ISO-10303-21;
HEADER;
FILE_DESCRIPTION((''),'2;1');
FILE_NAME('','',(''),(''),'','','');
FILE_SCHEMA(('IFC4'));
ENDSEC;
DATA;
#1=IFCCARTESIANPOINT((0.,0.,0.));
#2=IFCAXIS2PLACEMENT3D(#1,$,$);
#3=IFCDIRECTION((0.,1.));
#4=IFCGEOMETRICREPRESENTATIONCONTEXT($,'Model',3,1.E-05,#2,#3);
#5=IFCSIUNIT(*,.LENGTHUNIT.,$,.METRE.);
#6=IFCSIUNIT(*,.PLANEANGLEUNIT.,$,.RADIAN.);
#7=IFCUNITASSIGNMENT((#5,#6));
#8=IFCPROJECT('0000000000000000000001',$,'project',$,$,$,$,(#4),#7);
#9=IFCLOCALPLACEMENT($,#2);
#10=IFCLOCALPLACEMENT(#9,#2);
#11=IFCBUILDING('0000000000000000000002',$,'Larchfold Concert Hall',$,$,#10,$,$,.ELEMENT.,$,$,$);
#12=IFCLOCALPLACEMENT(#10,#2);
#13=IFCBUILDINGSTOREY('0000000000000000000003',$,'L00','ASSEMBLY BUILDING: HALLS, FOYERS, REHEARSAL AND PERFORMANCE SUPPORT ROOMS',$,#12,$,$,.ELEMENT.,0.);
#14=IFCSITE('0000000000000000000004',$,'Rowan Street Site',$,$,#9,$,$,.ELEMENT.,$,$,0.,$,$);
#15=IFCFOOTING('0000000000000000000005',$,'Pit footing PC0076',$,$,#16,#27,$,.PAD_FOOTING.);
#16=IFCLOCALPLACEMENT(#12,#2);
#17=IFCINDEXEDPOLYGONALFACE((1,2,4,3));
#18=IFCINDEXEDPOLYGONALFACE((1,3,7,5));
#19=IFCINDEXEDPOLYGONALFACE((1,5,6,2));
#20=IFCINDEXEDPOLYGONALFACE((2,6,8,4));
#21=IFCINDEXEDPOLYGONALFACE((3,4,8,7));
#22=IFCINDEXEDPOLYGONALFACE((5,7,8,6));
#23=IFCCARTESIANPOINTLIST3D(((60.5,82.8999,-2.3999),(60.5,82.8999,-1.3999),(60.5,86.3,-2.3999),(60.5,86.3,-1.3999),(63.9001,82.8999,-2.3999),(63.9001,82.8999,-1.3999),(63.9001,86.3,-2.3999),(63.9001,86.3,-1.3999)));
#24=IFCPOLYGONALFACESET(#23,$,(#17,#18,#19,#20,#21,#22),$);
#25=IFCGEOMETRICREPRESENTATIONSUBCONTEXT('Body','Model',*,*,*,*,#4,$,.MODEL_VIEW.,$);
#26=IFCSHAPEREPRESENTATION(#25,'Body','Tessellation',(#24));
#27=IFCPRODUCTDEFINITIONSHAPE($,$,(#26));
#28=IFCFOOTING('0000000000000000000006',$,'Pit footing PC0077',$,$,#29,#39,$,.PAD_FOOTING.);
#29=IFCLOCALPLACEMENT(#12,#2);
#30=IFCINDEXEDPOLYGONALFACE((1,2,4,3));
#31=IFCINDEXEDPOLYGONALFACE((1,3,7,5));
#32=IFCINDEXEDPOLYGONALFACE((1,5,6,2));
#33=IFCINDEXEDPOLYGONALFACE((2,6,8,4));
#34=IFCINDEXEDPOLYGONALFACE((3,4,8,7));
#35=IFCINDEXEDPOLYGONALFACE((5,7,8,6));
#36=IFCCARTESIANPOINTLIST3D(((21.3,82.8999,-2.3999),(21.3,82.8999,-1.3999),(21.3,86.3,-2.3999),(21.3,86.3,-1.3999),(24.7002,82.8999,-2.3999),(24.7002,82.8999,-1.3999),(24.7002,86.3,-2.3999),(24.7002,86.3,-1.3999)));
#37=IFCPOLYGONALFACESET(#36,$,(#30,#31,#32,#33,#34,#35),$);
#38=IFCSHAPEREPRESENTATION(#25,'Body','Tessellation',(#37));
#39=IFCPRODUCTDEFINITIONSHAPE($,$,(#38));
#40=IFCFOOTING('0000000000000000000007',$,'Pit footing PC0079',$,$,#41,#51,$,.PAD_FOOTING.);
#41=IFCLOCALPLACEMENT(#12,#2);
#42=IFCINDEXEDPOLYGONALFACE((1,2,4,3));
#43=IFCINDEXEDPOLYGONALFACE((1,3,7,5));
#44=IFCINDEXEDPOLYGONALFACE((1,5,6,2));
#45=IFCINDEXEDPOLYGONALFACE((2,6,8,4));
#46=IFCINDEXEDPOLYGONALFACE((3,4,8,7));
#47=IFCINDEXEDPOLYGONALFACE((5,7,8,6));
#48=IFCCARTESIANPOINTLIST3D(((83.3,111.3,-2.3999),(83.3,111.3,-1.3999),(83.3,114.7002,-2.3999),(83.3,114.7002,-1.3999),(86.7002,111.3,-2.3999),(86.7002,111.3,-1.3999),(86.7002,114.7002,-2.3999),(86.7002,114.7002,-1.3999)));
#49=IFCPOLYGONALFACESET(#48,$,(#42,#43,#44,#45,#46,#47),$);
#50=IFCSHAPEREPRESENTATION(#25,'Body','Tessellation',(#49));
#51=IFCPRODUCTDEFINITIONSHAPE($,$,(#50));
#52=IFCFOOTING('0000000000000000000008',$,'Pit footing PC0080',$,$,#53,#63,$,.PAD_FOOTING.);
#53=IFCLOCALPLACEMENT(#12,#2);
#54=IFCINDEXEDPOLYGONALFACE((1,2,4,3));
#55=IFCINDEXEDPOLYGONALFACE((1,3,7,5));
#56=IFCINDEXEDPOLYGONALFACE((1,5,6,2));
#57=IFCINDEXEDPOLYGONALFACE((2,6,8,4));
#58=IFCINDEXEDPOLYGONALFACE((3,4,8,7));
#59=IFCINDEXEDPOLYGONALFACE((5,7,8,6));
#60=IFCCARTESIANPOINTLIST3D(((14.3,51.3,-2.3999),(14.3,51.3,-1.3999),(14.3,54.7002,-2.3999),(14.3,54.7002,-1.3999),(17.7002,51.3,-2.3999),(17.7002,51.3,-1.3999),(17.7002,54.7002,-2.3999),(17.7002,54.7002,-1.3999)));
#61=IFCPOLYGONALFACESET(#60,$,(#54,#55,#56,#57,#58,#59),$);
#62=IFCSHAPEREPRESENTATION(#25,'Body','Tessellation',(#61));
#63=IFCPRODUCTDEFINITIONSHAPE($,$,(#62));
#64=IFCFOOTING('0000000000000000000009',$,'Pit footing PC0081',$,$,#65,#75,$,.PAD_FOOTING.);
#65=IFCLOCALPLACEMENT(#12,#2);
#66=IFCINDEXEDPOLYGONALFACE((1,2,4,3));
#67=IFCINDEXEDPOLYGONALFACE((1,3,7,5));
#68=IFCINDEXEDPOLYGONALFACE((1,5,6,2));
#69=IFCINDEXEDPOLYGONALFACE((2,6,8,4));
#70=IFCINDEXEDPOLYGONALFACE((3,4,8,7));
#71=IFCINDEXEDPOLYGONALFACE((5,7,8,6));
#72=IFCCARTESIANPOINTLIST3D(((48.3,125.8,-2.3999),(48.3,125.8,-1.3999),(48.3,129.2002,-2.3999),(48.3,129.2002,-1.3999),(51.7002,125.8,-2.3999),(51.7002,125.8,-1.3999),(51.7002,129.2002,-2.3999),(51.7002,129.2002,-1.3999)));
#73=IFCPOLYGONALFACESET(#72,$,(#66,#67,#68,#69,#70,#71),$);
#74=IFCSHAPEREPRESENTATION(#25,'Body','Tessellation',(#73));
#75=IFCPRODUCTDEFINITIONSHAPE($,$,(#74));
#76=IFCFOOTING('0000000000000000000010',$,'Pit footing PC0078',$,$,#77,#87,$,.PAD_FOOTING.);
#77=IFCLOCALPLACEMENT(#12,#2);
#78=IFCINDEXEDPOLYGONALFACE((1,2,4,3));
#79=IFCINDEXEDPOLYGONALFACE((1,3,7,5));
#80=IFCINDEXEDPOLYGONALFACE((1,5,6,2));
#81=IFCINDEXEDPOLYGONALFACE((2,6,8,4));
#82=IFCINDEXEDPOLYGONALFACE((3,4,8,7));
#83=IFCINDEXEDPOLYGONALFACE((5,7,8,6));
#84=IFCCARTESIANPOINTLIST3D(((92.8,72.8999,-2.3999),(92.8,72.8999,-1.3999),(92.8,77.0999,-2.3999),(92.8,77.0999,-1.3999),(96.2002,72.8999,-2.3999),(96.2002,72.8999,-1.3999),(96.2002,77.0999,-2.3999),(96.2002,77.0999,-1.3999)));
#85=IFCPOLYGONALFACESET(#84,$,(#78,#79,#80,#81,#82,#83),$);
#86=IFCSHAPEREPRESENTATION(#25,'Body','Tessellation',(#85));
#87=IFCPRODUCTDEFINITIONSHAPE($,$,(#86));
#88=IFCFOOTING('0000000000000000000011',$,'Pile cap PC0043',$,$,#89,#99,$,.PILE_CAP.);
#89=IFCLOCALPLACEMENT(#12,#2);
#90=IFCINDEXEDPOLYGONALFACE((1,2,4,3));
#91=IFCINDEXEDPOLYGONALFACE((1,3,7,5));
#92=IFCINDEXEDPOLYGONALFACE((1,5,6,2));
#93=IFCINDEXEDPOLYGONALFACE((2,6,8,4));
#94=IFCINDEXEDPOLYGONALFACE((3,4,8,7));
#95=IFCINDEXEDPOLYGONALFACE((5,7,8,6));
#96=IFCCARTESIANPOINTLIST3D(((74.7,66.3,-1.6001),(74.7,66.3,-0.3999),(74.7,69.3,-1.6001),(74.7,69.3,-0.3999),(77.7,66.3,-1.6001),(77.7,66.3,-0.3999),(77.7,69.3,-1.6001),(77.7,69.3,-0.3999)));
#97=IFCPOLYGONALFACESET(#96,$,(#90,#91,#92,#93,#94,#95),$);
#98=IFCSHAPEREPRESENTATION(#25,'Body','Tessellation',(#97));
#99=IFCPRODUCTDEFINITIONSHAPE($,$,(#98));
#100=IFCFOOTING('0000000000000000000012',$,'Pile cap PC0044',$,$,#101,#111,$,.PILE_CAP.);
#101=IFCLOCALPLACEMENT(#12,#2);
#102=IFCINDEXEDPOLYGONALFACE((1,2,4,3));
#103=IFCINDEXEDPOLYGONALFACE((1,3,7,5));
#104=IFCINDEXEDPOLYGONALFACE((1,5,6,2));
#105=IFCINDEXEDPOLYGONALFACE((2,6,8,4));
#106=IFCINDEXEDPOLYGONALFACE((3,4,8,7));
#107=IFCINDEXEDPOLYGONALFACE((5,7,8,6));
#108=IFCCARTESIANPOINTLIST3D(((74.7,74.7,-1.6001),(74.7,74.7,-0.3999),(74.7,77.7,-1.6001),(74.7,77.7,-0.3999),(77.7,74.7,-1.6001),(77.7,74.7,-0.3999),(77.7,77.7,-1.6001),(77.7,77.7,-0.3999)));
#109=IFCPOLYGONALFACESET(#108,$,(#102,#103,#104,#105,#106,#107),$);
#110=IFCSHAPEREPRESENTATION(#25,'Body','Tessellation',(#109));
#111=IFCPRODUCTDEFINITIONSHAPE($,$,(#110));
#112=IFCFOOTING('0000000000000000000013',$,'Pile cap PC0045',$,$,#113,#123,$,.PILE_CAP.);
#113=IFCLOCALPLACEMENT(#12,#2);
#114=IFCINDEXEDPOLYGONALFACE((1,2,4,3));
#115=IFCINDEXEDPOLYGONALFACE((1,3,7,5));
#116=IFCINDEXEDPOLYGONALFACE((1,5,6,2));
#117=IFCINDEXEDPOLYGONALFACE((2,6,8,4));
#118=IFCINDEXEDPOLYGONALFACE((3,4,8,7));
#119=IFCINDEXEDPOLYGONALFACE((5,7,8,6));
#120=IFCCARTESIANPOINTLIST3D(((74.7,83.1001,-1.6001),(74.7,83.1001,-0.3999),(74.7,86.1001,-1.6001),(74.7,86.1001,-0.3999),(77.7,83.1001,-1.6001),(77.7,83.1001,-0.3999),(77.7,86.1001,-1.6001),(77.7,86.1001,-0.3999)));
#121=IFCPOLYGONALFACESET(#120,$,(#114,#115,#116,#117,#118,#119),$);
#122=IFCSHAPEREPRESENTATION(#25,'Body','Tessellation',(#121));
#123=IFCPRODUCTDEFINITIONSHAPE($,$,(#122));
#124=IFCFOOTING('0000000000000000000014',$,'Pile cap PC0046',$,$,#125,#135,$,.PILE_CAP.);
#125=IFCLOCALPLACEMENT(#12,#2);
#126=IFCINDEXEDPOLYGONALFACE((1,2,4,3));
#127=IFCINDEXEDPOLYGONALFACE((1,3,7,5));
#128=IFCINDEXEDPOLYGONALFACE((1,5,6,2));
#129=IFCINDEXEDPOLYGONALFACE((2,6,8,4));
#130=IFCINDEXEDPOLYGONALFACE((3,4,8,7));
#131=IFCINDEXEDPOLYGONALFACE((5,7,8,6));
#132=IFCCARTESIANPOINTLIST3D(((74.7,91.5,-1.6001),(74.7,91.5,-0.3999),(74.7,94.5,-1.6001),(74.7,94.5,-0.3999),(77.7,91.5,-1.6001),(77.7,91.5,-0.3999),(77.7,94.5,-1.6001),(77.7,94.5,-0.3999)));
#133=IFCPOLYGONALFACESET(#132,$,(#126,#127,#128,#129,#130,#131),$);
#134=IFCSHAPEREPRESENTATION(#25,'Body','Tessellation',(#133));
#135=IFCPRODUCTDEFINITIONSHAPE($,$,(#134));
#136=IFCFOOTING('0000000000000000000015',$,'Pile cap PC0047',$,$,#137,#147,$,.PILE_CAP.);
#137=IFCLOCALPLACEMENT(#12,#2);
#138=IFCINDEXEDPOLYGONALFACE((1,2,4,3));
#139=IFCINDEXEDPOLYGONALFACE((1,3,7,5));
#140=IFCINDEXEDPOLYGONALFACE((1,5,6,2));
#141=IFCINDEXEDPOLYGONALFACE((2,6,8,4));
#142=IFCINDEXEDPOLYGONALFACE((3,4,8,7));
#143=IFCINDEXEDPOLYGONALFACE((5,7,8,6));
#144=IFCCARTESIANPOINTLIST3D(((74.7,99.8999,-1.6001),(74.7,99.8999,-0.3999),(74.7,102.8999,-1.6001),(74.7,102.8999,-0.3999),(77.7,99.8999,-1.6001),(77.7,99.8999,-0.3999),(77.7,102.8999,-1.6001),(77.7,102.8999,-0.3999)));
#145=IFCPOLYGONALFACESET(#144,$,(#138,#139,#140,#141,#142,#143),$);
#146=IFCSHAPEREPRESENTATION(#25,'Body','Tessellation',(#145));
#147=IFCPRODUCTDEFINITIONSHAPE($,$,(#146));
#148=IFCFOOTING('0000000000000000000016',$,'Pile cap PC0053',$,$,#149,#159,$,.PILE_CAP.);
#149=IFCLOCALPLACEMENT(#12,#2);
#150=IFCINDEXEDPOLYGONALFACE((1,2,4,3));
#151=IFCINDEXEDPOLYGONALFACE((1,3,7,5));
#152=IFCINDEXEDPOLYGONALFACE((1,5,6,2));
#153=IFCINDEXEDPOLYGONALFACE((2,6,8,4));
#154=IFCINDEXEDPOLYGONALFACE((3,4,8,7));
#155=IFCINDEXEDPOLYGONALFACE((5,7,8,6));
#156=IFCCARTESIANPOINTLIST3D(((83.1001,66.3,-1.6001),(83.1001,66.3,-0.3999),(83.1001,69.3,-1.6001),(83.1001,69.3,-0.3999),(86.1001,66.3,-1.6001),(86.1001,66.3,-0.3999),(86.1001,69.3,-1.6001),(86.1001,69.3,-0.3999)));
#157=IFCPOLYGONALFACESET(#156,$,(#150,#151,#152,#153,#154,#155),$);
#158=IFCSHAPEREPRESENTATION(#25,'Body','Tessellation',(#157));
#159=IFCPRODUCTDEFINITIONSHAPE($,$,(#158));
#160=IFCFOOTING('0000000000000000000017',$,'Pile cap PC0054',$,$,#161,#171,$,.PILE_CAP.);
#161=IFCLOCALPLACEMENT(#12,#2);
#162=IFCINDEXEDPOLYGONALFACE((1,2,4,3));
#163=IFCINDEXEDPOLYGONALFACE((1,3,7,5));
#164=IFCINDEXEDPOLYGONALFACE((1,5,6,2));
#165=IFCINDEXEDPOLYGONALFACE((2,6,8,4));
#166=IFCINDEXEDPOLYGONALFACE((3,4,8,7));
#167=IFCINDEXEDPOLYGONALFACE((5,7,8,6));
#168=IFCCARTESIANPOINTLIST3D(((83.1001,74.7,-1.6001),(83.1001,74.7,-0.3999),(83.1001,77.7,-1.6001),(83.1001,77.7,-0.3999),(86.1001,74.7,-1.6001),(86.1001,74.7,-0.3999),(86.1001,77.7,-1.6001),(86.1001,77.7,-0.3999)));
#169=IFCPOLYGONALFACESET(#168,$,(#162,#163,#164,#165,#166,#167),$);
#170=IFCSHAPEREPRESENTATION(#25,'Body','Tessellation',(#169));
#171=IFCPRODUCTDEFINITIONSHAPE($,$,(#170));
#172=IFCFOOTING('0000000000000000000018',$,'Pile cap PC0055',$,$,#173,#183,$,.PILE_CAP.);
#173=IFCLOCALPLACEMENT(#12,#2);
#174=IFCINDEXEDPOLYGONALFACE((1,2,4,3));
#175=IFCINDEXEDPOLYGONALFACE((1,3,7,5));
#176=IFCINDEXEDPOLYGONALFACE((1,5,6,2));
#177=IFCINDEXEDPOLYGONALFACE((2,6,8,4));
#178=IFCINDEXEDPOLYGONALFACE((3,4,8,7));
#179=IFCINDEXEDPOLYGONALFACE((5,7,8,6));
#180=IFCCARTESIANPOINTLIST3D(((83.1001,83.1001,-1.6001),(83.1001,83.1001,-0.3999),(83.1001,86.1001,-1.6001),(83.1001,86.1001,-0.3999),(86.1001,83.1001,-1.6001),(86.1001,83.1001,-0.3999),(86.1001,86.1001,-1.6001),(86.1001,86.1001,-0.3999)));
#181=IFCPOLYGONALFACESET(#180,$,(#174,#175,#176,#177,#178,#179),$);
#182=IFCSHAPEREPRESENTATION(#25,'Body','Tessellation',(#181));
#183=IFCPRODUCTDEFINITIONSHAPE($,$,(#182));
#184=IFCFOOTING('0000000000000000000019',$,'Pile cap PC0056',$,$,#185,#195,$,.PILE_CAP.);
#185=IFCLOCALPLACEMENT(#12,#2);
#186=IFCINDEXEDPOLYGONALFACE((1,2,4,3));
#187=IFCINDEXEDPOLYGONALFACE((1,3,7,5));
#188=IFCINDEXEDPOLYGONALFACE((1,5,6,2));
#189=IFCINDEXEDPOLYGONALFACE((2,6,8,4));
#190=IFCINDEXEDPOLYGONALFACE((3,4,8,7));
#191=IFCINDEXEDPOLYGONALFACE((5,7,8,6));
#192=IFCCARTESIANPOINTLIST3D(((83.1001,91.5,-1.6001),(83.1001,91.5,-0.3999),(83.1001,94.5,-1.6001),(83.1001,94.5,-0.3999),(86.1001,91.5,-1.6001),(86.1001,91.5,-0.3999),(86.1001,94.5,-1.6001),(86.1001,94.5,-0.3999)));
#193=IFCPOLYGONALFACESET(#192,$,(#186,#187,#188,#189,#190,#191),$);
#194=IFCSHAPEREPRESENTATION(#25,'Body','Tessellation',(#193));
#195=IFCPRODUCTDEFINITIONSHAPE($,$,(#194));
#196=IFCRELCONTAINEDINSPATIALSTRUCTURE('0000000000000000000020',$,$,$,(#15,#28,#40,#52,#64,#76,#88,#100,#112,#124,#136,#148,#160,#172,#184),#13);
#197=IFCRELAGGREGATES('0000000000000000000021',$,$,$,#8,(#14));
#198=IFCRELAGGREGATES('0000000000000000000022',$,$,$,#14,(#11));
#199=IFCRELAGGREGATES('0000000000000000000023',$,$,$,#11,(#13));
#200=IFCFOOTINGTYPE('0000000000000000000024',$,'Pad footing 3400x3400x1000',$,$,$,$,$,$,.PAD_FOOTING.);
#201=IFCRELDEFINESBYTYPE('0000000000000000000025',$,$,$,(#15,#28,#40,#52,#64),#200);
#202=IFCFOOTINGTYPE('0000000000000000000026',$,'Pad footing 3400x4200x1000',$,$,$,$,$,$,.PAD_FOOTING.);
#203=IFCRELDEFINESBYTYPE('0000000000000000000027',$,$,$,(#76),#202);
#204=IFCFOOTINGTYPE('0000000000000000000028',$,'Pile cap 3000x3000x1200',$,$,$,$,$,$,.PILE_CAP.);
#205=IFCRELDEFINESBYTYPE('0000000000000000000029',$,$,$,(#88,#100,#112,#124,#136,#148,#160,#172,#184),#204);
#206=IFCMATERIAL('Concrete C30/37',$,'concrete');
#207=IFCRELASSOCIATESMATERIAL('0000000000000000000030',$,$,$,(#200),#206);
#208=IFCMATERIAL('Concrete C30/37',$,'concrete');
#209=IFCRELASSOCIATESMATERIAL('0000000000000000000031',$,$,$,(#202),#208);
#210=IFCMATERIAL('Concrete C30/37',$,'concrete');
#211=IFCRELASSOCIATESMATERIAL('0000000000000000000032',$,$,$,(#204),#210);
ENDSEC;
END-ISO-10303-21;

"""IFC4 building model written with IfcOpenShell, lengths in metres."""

from ifc_helpers import new_model, si_unit, direction, frame, origin, place, context, subcontext, project, spatial, polyline, outline, extrude, material, type_object, element, save


model = new_model("IFC4")

# Units and contexts
model_context = context("Model", 3, precision=1e-05, world=origin(), true_north=direction((0.0, 1.0)))
body_context = subcontext(model_context, "Body", "Model", "MODEL_VIEW")
ifc_project = project(units=[si_unit("LENGTHUNIT", "METRE"), si_unit("PLANEANGLEUNIT", "RADIAN")], contexts=[model_context])

# Site, building, storey
site_placement = place(None, origin())
site = spatial("IfcSite", under=ifc_project, at=site_placement, Name="Rowan Street Site", CompositionType="ELEMENT", RefElevation=0.0)
building_placement = place(site_placement, origin())
building = spatial("IfcBuilding", under=site, at=building_placement, Name="Larchfold Concert Hall", CompositionType="ELEMENT")
storey_placement = place(building_placement, origin())
storey = spatial("IfcBuildingStorey", under=building, at=storey_placement, Name="L00", Description="ASSEMBLY BUILDING: HALLS, FOYERS, REHEARSAL AND PERFORMANCE SUPPORT ROOMS", CompositionType="ELEMENT", Elevation=0.0)

# Footings
ifc_material_1 = material(Name="Concrete C30/37", Category="concrete")
footing_type_1 = type_object("IfcFootingType", Name="Pad footing 3400x3400x1000", PredefinedType="PAD_FOOTING", material=ifc_material_1)
footing_1_placement = place(storey_placement, frame((0.0, 0.0, -2.3999)))
element("IfcFooting", 1, at=footing_1_placement, inside=storey, type_object=footing_type_1, Name="Pit footing PC0076", PredefinedType="PAD_FOOTING", context=body_context, shape_type="SweptSolid", body=[
    extrude(outline(polyline([(63.9001, 82.8999), (63.9001, 86.3), (60.5, 86.3), (60.5, 82.8999), (63.9001, 82.8999)])), origin(), (0.0, 0.0, 1.0), 1.0),
])
footing_2_placement = place(storey_placement, frame((0.0, 0.0, -2.3999)))
element("IfcFooting", 2, at=footing_2_placement, inside=storey, type_object=footing_type_1, Name="Pit footing PC0077", PredefinedType="PAD_FOOTING", context=body_context, shape_type="SweptSolid", body=[
    extrude(outline(polyline([(24.7002, 82.8999), (24.7002, 86.3), (21.3, 86.3), (21.3, 82.8999), (24.7002, 82.8999)])), origin(), (0.0, 0.0, 1.0), 1.0),
])
footing_3_placement = place(storey_placement, frame((0.0, 0.0, -2.3999)))
element("IfcFooting", 3, at=footing_3_placement, inside=storey, type_object=footing_type_1, Name="Pit footing PC0079", PredefinedType="PAD_FOOTING", context=body_context, shape_type="SweptSolid", body=[
    extrude(outline(polyline([(86.7002, 111.3), (86.7002, 114.7002), (83.3, 114.7002), (83.3, 111.3), (86.7002, 111.3)])), origin(), (0.0, 0.0, 1.0), 1.0),
])
footing_4_placement = place(storey_placement, frame((0.0, 0.0, -2.3999)))
element("IfcFooting", 4, at=footing_4_placement, inside=storey, type_object=footing_type_1, Name="Pit footing PC0080", PredefinedType="PAD_FOOTING", context=body_context, shape_type="SweptSolid", body=[
    extrude(outline(polyline([(17.7002, 51.3), (17.7002, 54.7002), (14.3, 54.7002), (14.3, 51.3), (17.7002, 51.3)])), origin(), (0.0, 0.0, 1.0), 1.0),
])
footing_5_placement = place(storey_placement, frame((0.0, 0.0, -2.3999)))
element("IfcFooting", 5, at=footing_5_placement, inside=storey, type_object=footing_type_1, Name="Pit footing PC0081", PredefinedType="PAD_FOOTING", context=body_context, shape_type="SweptSolid", body=[
    extrude(outline(polyline([(51.7002, 125.8), (51.7002, 129.2002), (48.3, 129.2002), (48.3, 125.8), (51.7002, 125.8)])), origin(), (0.0, 0.0, 1.0), 1.0),
])
ifc_material_2 = material(Name="Concrete C30/37", Category="concrete")
footing_type_2 = type_object("IfcFootingType", Name="Pad footing 3400x4200x1000", PredefinedType="PAD_FOOTING", material=ifc_material_2)
footing_6_placement = place(storey_placement, frame((0.0, 0.0, -2.3999)))
element("IfcFooting", 6, at=footing_6_placement, inside=storey, type_object=footing_type_2, Name="Pit footing PC0078", PredefinedType="PAD_FOOTING", context=body_context, shape_type="SweptSolid", body=[
    extrude(outline(polyline([(96.2002, 72.8999), (96.2002, 77.0999), (92.8, 77.0999), (92.8, 72.8999), (96.2002, 72.8999)])), origin(), (0.0, 0.0, 1.0), 1.0),
])
ifc_material_3 = material(Name="Concrete C30/37", Category="concrete")
footing_type_3 = type_object("IfcFootingType", Name="Pile cap 3000x3000x1200", PredefinedType="PILE_CAP", material=ifc_material_3)
footing_7_placement = place(storey_placement, frame((0.0, 0.0, -1.6001)))
element("IfcFooting", 7, at=footing_7_placement, inside=storey, type_object=footing_type_3, Name="Pile cap PC0043", PredefinedType="PILE_CAP", context=body_context, shape_type="SweptSolid", body=[
    extrude(outline(polyline([(77.7, 66.3), (77.7, 69.3), (74.7, 69.3), (74.7, 66.3), (77.7, 66.3)])), origin(), (0.0, 0.0, 1.0), 1.2002),
])
footing_8_placement = place(storey_placement, frame((0.0, 0.0, -1.6001)))
element("IfcFooting", 8, at=footing_8_placement, inside=storey, type_object=footing_type_3, Name="Pile cap PC0044", PredefinedType="PILE_CAP", context=body_context, shape_type="SweptSolid", body=[
    extrude(outline(polyline([(77.7, 74.7), (77.7, 77.7), (74.7, 77.7), (74.7, 74.7), (77.7, 74.7)])), origin(), (0.0, 0.0, 1.0), 1.2002),
])
footing_9_placement = place(storey_placement, frame((0.0, 0.0, -1.6001)))
element("IfcFooting", 9, at=footing_9_placement, inside=storey, type_object=footing_type_3, Name="Pile cap PC0045", PredefinedType="PILE_CAP", context=body_context, shape_type="SweptSolid", body=[
    extrude(outline(polyline([(77.7, 83.1001), (77.7, 86.1001), (74.7, 86.1001), (74.7, 83.1001), (77.7, 83.1001)])), origin(), (0.0, 0.0, 1.0), 1.2002),
])
footing_10_placement = place(storey_placement, frame((0.0, 0.0, -1.6001)))
element("IfcFooting", 10, at=footing_10_placement, inside=storey, type_object=footing_type_3, Name="Pile cap PC0046", PredefinedType="PILE_CAP", context=body_context, shape_type="SweptSolid", body=[
    extrude(outline(polyline([(77.7, 91.5), (77.7, 94.5), (74.7, 94.5), (74.7, 91.5), (77.7, 91.5)])), origin(), (0.0, 0.0, 1.0), 1.2002),
])
footing_11_placement = place(storey_placement, frame((0.0, 0.0, -1.6001)))
element("IfcFooting", 11, at=footing_11_placement, inside=storey, type_object=footing_type_3, Name="Pile cap PC0047", PredefinedType="PILE_CAP", context=body_context, shape_type="SweptSolid", body=[
    extrude(outline(polyline([(77.7, 99.8999), (77.7, 102.8999), (74.7, 102.8999), (74.7, 99.8999), (77.7, 99.8999)])), origin(), (0.0, 0.0, 1.0), 1.2002),
])
footing_12_placement = place(storey_placement, frame((0.0, 0.0, -1.6001)))
element("IfcFooting", 12, at=footing_12_placement, inside=storey, type_object=footing_type_3, Name="Pile cap PC0053", PredefinedType="PILE_CAP", context=body_context, shape_type="SweptSolid", body=[
    extrude(outline(polyline([(86.1001, 66.3), (86.1001, 69.3), (83.1001, 69.3), (83.1001, 66.3), (86.1001, 66.3)])), origin(), (0.0, 0.0, 1.0), 1.2002),
])
footing_13_placement = place(storey_placement, frame((0.0, 0.0, -1.6001)))
element("IfcFooting", 13, at=footing_13_placement, inside=storey, type_object=footing_type_3, Name="Pile cap PC0054", PredefinedType="PILE_CAP", context=body_context, shape_type="SweptSolid", body=[
    extrude(outline(polyline([(86.1001, 74.7), (86.1001, 77.7), (83.1001, 77.7), (83.1001, 74.7), (86.1001, 74.7)])), origin(), (0.0, 0.0, 1.0), 1.2002),
])
footing_14_placement = place(storey_placement, frame((0.0, 0.0, -1.6001)))
element("IfcFooting", 14, at=footing_14_placement, inside=storey, type_object=footing_type_3, Name="Pile cap PC0055", PredefinedType="PILE_CAP", context=body_context, shape_type="SweptSolid", body=[
    extrude(outline(polyline([(86.1001, 83.1001), (86.1001, 86.1001), (83.1001, 86.1001), (83.1001, 83.1001), (86.1001, 83.1001)])), origin(), (0.0, 0.0, 1.0), 1.2002),
])
footing_15_placement = place(storey_placement, frame((0.0, 0.0, -1.6001)))
element("IfcFooting", 15, at=footing_15_placement, inside=storey, type_object=footing_type_3, Name="Pile cap PC0056", PredefinedType="PILE_CAP", context=body_context, shape_type="SweptSolid", body=[
    extrude(outline(polyline([(86.1001, 91.5), (86.1001, 94.5), (83.1001, 94.5), (83.1001, 91.5), (86.1001, 91.5)])), origin(), (0.0, 0.0, 1.0), 1.2002),
])

save(model, "model.ifc")
